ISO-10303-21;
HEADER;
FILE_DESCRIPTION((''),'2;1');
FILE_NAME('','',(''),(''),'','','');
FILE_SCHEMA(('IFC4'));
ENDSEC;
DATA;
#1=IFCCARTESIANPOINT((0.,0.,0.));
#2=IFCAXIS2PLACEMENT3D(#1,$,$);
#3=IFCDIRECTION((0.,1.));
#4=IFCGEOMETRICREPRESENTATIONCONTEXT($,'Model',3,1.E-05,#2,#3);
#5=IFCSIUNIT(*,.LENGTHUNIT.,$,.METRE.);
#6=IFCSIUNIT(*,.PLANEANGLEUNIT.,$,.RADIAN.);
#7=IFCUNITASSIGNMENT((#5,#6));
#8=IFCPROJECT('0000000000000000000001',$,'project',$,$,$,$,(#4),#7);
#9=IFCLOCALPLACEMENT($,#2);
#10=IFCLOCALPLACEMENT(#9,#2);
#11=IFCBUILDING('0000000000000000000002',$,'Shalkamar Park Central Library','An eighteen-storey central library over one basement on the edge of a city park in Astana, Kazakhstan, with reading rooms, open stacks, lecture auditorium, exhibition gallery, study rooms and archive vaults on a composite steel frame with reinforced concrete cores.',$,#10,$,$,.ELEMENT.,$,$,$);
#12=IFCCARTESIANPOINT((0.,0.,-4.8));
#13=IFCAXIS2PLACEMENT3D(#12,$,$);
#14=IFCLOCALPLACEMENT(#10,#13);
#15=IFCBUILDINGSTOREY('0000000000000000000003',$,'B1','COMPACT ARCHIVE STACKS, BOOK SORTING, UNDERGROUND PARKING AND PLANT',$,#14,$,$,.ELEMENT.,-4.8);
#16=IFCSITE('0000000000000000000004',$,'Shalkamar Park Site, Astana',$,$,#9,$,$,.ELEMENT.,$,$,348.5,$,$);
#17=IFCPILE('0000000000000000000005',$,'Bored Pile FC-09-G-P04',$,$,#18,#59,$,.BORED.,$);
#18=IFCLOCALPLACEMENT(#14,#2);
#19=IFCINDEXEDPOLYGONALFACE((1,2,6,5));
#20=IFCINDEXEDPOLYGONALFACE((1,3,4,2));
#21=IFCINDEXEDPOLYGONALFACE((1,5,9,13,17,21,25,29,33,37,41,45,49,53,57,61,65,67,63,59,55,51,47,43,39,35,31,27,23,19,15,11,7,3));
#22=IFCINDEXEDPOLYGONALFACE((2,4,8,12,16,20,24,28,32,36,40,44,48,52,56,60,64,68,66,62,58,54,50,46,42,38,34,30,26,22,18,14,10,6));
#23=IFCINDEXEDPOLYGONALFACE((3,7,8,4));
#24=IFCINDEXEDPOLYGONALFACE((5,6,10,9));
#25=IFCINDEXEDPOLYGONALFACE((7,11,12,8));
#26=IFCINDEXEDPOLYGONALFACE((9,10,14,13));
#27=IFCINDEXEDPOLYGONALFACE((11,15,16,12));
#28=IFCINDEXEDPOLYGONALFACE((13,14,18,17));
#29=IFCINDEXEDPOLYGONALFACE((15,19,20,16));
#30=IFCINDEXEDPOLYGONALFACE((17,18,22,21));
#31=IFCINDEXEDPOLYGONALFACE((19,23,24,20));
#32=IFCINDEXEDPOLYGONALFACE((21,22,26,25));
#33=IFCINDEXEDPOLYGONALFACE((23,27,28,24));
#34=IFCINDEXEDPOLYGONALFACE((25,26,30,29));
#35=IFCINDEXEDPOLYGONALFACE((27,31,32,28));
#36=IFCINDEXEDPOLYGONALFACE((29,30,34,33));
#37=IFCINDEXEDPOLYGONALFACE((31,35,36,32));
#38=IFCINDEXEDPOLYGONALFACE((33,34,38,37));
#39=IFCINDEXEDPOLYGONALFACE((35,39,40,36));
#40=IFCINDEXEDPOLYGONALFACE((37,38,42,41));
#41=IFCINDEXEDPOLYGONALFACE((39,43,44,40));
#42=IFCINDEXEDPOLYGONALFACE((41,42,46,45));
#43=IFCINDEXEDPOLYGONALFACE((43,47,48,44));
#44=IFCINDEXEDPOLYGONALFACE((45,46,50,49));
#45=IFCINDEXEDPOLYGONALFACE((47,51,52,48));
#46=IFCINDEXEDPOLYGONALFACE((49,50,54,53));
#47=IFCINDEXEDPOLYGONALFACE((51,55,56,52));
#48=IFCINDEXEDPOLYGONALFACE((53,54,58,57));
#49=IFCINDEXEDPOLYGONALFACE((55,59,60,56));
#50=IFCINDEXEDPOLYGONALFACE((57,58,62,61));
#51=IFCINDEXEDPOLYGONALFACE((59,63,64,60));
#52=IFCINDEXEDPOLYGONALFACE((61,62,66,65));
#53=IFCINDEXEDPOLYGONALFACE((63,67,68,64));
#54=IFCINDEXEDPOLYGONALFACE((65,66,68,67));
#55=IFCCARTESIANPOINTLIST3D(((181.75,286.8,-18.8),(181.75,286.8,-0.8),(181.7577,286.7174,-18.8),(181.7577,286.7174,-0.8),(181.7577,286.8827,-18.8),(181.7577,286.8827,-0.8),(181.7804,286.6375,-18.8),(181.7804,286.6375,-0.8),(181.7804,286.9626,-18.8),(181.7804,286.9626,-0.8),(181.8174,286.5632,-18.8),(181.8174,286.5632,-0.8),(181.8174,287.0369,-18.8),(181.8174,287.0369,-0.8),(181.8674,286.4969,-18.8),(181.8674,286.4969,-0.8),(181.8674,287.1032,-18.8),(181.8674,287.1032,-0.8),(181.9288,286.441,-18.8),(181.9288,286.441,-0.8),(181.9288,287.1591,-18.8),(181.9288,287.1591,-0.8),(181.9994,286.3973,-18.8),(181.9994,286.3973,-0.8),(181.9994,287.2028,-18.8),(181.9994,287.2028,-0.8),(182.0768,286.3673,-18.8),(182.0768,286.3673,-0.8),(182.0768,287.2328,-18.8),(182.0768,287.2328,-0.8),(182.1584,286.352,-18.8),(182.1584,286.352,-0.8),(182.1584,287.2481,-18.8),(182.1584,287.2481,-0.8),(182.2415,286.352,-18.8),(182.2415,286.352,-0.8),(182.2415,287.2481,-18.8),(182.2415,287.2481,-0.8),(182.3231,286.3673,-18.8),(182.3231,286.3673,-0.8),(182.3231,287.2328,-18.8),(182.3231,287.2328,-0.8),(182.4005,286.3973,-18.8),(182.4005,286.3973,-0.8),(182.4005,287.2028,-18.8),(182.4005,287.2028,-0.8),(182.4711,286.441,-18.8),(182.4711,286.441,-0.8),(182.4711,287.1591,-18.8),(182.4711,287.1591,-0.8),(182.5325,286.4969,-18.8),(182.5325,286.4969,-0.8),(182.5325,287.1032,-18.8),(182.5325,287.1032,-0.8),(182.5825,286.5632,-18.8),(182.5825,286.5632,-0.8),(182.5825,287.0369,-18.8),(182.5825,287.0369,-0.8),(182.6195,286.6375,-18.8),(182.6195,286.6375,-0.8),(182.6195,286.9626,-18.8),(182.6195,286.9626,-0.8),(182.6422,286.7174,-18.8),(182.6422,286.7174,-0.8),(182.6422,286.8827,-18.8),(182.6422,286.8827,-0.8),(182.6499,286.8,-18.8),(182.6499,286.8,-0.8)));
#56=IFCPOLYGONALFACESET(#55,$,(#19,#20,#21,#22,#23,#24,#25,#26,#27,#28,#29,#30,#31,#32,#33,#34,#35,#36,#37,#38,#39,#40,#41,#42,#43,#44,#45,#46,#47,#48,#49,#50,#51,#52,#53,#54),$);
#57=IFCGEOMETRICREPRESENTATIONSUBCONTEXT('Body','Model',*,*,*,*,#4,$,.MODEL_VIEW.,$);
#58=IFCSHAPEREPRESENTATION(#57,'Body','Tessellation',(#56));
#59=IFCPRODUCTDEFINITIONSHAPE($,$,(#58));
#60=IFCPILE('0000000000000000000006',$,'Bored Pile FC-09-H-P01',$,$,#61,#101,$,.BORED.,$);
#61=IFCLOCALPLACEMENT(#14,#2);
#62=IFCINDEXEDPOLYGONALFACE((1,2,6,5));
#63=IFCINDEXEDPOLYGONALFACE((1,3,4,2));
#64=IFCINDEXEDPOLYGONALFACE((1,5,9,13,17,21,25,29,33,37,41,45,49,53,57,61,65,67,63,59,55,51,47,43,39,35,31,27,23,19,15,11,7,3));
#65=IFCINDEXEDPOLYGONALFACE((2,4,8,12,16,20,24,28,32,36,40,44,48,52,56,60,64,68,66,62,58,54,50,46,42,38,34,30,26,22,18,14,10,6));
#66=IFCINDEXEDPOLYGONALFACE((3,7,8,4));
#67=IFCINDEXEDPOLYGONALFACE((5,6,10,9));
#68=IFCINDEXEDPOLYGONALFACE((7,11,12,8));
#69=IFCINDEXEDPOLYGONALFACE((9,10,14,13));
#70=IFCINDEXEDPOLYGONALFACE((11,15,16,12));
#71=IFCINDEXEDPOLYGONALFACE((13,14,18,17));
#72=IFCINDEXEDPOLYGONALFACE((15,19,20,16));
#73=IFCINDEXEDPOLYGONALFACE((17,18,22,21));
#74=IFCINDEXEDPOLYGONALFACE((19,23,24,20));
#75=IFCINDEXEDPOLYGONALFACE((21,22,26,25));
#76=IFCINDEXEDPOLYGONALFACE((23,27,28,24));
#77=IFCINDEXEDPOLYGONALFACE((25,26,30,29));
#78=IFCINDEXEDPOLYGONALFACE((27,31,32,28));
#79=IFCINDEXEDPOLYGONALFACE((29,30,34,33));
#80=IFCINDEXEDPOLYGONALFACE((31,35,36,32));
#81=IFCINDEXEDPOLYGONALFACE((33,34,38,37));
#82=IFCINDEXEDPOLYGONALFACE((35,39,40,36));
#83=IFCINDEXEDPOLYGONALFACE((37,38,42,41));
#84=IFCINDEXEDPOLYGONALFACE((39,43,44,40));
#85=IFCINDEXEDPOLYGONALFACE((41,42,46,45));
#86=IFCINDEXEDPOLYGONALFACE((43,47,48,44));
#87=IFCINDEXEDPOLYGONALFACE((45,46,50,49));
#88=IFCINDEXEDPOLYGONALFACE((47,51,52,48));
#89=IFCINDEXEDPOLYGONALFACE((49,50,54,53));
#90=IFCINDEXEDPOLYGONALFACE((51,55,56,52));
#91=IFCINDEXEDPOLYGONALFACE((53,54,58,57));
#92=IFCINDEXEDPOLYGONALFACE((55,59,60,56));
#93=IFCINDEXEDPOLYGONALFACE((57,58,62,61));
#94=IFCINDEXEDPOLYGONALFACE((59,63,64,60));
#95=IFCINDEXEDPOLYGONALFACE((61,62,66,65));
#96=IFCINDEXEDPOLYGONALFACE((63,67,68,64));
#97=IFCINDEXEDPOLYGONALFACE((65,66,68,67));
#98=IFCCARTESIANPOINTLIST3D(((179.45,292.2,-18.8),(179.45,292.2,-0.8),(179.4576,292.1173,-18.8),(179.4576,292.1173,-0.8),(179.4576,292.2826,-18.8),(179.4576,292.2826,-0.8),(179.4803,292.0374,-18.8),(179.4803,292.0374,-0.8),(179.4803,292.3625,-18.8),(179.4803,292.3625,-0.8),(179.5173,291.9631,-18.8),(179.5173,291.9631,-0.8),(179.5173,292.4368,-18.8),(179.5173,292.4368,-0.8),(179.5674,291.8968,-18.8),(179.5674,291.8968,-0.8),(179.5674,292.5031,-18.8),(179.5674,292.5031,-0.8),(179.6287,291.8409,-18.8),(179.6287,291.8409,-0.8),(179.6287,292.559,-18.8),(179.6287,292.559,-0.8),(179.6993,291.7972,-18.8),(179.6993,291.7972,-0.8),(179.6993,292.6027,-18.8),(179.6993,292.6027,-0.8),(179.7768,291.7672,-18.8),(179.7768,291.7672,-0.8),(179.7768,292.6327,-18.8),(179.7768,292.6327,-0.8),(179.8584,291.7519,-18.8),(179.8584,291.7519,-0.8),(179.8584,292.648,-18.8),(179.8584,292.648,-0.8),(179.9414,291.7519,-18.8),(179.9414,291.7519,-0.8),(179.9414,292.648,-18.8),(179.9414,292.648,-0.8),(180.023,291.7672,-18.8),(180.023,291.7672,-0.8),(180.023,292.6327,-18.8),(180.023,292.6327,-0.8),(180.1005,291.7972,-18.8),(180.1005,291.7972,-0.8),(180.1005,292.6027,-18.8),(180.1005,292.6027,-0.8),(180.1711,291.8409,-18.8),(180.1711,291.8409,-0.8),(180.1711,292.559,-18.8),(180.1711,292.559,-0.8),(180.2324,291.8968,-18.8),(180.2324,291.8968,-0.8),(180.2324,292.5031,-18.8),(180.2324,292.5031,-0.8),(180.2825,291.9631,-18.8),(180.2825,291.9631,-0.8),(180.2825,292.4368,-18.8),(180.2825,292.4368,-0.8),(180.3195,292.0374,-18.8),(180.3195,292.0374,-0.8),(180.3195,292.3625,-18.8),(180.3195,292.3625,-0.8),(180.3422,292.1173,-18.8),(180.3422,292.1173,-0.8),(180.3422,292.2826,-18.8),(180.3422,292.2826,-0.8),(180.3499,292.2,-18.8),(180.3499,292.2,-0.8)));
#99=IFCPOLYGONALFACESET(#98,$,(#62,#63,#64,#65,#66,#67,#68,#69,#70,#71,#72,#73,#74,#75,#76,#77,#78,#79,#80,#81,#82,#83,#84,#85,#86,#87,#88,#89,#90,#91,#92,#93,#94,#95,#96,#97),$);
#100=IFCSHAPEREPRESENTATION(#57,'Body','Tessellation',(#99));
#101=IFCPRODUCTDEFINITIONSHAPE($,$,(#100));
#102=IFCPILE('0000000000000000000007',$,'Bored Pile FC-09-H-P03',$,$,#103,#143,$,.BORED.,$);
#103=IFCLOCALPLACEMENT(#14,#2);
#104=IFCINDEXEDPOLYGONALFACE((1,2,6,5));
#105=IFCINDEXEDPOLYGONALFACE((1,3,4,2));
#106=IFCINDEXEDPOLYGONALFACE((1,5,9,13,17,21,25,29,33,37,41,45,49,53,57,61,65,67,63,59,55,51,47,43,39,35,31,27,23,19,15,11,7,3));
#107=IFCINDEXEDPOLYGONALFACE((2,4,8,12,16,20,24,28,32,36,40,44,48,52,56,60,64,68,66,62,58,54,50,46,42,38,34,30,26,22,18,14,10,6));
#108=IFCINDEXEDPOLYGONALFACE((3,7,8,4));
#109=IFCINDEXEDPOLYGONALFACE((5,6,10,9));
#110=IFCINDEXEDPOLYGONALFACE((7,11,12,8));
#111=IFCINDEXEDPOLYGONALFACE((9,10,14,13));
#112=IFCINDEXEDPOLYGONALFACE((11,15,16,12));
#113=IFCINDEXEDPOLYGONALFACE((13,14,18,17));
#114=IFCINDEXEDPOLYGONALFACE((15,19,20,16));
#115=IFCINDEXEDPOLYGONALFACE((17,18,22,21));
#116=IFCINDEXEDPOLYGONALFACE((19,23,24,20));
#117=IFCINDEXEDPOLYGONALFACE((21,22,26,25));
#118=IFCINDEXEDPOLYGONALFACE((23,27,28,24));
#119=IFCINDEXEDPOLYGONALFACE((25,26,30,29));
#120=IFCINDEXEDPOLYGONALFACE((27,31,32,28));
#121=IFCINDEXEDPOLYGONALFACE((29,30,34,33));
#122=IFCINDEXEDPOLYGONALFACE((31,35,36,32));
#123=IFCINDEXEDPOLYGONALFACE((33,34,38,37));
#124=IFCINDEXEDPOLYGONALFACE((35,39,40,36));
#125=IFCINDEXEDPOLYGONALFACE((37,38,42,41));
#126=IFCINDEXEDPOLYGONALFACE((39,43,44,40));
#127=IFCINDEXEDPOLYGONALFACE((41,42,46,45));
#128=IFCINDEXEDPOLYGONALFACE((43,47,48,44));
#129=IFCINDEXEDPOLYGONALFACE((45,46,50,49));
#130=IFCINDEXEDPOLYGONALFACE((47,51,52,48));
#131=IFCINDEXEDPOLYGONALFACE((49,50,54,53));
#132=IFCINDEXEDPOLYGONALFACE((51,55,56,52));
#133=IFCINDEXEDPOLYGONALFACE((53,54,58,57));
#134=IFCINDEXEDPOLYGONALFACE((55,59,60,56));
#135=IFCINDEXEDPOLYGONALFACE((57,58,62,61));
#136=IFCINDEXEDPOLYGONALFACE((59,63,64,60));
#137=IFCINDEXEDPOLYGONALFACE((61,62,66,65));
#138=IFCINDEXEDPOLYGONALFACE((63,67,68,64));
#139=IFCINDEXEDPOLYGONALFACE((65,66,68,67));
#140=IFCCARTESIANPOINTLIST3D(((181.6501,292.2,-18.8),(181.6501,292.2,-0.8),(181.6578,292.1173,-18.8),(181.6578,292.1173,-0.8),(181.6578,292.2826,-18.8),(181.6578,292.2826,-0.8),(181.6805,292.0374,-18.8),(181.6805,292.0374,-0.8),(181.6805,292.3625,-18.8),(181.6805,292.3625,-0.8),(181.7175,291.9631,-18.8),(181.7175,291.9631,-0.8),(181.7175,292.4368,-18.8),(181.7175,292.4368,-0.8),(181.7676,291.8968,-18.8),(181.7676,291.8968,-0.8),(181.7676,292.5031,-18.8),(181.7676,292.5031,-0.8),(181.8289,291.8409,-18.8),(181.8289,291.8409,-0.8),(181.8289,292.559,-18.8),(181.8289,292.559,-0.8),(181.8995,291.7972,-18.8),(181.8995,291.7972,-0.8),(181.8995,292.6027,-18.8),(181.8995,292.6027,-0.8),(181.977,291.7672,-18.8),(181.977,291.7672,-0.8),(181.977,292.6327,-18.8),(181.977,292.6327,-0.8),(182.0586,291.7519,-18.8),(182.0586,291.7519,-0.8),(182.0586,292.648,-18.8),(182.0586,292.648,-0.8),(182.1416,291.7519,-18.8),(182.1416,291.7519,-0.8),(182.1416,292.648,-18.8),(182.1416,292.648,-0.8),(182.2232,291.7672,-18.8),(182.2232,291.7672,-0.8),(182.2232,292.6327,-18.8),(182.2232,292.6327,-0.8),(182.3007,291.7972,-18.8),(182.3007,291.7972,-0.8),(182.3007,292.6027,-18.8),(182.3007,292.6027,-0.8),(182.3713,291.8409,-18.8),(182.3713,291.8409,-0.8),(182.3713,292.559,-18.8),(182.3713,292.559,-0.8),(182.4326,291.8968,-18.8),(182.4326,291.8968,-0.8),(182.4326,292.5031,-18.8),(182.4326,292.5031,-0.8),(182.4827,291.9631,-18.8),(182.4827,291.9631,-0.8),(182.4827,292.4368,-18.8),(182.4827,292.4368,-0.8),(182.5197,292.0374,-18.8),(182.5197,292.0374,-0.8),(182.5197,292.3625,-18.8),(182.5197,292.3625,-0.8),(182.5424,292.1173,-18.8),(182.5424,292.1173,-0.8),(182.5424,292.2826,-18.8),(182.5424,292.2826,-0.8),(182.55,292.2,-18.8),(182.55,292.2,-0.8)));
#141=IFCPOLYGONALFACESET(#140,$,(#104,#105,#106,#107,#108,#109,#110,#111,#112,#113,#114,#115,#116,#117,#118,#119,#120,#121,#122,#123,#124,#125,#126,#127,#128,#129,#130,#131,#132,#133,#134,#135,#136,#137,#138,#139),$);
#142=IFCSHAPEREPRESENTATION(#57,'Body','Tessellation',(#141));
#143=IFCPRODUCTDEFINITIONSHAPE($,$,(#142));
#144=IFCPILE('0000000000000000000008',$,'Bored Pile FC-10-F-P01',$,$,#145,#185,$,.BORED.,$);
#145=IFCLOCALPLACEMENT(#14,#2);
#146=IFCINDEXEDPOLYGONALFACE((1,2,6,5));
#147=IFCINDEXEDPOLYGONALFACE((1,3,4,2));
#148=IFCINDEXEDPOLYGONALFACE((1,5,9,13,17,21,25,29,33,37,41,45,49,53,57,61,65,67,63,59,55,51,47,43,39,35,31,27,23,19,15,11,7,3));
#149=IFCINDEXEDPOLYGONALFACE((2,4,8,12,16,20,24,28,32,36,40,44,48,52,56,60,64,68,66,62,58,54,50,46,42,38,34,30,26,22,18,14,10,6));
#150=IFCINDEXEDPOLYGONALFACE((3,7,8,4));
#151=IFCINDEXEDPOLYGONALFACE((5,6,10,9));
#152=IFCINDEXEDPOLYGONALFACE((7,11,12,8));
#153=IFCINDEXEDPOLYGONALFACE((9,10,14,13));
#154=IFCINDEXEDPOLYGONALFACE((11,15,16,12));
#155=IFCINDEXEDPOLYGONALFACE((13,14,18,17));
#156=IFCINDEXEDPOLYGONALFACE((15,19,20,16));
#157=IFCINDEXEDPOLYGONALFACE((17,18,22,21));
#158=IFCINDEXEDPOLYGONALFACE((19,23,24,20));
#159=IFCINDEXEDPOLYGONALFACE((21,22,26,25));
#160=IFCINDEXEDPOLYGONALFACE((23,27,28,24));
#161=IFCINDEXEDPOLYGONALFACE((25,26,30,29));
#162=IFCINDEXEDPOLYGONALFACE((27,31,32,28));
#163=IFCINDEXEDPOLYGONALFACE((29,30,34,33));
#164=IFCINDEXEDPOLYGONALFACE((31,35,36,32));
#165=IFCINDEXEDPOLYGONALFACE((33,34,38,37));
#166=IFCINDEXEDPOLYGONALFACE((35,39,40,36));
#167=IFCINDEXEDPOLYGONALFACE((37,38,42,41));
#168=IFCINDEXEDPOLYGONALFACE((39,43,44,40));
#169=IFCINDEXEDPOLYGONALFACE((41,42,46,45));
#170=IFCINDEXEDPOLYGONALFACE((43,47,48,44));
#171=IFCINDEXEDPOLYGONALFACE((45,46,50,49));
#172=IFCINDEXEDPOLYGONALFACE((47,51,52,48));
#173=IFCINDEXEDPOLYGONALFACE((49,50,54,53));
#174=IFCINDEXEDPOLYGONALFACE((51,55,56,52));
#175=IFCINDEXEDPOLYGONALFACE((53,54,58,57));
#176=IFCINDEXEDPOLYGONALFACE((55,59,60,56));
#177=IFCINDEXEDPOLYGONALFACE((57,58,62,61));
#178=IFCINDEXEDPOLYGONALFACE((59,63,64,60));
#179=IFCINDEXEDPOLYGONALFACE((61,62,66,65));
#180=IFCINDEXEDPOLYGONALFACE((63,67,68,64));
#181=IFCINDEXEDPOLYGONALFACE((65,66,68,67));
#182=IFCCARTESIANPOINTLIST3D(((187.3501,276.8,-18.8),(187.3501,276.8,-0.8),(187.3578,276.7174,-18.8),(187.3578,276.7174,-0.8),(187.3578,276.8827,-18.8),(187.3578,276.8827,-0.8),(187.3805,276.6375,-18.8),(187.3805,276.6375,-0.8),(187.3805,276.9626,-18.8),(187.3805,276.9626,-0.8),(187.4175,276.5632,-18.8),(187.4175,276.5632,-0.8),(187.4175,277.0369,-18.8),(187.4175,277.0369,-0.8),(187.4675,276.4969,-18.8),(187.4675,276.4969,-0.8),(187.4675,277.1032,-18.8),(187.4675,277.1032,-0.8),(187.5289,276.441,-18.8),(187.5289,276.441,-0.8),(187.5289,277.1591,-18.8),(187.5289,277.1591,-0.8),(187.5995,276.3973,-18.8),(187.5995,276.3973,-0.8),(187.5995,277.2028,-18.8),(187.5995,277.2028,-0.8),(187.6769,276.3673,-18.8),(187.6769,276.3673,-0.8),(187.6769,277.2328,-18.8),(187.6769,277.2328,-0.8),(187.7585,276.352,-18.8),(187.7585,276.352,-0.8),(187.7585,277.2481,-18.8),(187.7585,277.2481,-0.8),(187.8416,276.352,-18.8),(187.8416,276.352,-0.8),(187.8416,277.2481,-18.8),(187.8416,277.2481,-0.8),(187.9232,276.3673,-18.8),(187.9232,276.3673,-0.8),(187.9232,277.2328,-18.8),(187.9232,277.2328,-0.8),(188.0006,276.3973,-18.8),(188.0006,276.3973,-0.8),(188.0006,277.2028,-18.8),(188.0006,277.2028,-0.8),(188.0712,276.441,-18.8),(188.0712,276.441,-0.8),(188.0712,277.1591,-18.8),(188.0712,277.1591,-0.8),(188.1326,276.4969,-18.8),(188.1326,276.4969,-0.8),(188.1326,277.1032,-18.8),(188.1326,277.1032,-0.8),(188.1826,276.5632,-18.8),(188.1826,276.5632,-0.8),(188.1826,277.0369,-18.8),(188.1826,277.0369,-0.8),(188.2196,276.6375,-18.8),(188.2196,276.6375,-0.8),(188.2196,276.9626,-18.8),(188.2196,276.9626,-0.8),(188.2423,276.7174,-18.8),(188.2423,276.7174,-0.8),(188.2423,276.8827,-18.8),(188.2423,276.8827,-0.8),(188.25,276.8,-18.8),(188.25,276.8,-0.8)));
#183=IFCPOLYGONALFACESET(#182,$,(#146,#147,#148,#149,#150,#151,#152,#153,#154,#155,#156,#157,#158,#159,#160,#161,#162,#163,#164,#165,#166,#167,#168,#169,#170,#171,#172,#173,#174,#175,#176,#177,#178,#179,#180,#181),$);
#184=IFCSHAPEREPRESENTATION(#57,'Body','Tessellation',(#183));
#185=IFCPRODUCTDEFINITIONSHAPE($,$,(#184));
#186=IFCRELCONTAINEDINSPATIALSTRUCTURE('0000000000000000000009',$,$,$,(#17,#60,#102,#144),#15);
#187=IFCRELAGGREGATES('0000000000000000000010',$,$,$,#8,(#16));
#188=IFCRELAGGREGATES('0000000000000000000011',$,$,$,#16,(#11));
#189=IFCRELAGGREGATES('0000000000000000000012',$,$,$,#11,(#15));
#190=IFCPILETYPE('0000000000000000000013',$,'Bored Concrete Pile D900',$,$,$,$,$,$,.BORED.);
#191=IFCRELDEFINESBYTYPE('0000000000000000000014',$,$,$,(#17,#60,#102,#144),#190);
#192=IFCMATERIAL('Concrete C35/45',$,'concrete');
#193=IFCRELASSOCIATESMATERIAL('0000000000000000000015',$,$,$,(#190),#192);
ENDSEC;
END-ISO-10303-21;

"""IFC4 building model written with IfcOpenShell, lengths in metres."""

from ifc_helpers import new_model, si_unit, direction, frame, origin, origin_2d, place, context, subcontext, project, spatial, circle, extrude, material, material_profile, profile_set, type_object, element, save


model = new_model("IFC4")

# Units and contexts
model_context = context("Model", 3, precision=1e-05, world=origin(), true_north=direction((0.0, 1.0)))
body_context = subcontext(model_context, "Body", "Model", "MODEL_VIEW")
ifc_project = project(units=[si_unit("LENGTHUNIT", "METRE"), si_unit("PLANEANGLEUNIT", "RADIAN")], contexts=[model_context])

# Site, building, storey
site_placement = place(None, origin())
site = spatial("IfcSite", under=ifc_project, at=site_placement, Name="Shalkamar Park Site, Astana", CompositionType="ELEMENT", RefElevation=348.5)
building_placement = place(site_placement, origin())
building = spatial("IfcBuilding", under=site, at=building_placement, Name="Shalkamar Park Central Library", Description="An eighteen-storey central library over one basement on the edge of a city park in Astana, Kazakhstan, with reading rooms, open stacks, lecture auditorium, exhibition gallery, study rooms and archive vaults on a composite steel frame with reinforced concrete cores.", CompositionType="ELEMENT")
storey_placement = place(building_placement, frame((0.0, 0.0, -4.8)))
storey = spatial("IfcBuildingStorey", under=building, at=storey_placement, Name="B1", Description="COMPACT ARCHIVE STACKS, BOOK SORTING, UNDERGROUND PARKING AND PLANT", CompositionType="ELEMENT", Elevation=-4.8)

# Piles
ifc_material_1 = material(Name="Concrete C35/45", Category="concrete")
ifc_material_profile_1 = material_profile(ifc_material_1, circle(Radius=0.45, at=origin_2d()), Name="PILE D900")
ifc_profile_set_1 = profile_set([ifc_material_profile_1], Name="Concrete C35/45")
pile_type_1 = type_object("IfcPileType", Name="Bored Concrete Pile D900", PredefinedType="BORED", material=ifc_profile_set_1)
for number, where, z_axis, x_axis, name in (
    (1, (182.2, 286.8, -0.8), (0.0, 0.0, -1.0), (1.0, 0.0, 0.0), "Bored Pile FC-09-G-P04"),
    (2, (179.8999, 292.2, -0.8), (0.0, 0.0, -1.0), (1.0, 0.0, 0.0), "Bored Pile FC-09-H-P01"),
    (3, (182.1001, 292.2, -0.8), (0.0, 0.0, -1.0), (1.0, 0.0, 0.0), "Bored Pile FC-09-H-P03"),
    (4, (187.8, 276.8, -0.8), (0.0, 0.0, -1.0), (1.0, 0.0, 0.0), "Bored Pile FC-10-F-P01"),
):
    element("IfcPile", number, at=place(storey_placement, frame(where, z_axis=z_axis, x_axis=x_axis)), inside=storey, type_object=pile_type_1, Name=name, PredefinedType="BORED", context=body_context, shape_type="SweptSolid", body=[
        extrude(circle(Radius=0.45, at=origin_2d()), origin(), (0.0, 0.0, 1.0), 18.0),
    ])

save(model, "model.ifc")
